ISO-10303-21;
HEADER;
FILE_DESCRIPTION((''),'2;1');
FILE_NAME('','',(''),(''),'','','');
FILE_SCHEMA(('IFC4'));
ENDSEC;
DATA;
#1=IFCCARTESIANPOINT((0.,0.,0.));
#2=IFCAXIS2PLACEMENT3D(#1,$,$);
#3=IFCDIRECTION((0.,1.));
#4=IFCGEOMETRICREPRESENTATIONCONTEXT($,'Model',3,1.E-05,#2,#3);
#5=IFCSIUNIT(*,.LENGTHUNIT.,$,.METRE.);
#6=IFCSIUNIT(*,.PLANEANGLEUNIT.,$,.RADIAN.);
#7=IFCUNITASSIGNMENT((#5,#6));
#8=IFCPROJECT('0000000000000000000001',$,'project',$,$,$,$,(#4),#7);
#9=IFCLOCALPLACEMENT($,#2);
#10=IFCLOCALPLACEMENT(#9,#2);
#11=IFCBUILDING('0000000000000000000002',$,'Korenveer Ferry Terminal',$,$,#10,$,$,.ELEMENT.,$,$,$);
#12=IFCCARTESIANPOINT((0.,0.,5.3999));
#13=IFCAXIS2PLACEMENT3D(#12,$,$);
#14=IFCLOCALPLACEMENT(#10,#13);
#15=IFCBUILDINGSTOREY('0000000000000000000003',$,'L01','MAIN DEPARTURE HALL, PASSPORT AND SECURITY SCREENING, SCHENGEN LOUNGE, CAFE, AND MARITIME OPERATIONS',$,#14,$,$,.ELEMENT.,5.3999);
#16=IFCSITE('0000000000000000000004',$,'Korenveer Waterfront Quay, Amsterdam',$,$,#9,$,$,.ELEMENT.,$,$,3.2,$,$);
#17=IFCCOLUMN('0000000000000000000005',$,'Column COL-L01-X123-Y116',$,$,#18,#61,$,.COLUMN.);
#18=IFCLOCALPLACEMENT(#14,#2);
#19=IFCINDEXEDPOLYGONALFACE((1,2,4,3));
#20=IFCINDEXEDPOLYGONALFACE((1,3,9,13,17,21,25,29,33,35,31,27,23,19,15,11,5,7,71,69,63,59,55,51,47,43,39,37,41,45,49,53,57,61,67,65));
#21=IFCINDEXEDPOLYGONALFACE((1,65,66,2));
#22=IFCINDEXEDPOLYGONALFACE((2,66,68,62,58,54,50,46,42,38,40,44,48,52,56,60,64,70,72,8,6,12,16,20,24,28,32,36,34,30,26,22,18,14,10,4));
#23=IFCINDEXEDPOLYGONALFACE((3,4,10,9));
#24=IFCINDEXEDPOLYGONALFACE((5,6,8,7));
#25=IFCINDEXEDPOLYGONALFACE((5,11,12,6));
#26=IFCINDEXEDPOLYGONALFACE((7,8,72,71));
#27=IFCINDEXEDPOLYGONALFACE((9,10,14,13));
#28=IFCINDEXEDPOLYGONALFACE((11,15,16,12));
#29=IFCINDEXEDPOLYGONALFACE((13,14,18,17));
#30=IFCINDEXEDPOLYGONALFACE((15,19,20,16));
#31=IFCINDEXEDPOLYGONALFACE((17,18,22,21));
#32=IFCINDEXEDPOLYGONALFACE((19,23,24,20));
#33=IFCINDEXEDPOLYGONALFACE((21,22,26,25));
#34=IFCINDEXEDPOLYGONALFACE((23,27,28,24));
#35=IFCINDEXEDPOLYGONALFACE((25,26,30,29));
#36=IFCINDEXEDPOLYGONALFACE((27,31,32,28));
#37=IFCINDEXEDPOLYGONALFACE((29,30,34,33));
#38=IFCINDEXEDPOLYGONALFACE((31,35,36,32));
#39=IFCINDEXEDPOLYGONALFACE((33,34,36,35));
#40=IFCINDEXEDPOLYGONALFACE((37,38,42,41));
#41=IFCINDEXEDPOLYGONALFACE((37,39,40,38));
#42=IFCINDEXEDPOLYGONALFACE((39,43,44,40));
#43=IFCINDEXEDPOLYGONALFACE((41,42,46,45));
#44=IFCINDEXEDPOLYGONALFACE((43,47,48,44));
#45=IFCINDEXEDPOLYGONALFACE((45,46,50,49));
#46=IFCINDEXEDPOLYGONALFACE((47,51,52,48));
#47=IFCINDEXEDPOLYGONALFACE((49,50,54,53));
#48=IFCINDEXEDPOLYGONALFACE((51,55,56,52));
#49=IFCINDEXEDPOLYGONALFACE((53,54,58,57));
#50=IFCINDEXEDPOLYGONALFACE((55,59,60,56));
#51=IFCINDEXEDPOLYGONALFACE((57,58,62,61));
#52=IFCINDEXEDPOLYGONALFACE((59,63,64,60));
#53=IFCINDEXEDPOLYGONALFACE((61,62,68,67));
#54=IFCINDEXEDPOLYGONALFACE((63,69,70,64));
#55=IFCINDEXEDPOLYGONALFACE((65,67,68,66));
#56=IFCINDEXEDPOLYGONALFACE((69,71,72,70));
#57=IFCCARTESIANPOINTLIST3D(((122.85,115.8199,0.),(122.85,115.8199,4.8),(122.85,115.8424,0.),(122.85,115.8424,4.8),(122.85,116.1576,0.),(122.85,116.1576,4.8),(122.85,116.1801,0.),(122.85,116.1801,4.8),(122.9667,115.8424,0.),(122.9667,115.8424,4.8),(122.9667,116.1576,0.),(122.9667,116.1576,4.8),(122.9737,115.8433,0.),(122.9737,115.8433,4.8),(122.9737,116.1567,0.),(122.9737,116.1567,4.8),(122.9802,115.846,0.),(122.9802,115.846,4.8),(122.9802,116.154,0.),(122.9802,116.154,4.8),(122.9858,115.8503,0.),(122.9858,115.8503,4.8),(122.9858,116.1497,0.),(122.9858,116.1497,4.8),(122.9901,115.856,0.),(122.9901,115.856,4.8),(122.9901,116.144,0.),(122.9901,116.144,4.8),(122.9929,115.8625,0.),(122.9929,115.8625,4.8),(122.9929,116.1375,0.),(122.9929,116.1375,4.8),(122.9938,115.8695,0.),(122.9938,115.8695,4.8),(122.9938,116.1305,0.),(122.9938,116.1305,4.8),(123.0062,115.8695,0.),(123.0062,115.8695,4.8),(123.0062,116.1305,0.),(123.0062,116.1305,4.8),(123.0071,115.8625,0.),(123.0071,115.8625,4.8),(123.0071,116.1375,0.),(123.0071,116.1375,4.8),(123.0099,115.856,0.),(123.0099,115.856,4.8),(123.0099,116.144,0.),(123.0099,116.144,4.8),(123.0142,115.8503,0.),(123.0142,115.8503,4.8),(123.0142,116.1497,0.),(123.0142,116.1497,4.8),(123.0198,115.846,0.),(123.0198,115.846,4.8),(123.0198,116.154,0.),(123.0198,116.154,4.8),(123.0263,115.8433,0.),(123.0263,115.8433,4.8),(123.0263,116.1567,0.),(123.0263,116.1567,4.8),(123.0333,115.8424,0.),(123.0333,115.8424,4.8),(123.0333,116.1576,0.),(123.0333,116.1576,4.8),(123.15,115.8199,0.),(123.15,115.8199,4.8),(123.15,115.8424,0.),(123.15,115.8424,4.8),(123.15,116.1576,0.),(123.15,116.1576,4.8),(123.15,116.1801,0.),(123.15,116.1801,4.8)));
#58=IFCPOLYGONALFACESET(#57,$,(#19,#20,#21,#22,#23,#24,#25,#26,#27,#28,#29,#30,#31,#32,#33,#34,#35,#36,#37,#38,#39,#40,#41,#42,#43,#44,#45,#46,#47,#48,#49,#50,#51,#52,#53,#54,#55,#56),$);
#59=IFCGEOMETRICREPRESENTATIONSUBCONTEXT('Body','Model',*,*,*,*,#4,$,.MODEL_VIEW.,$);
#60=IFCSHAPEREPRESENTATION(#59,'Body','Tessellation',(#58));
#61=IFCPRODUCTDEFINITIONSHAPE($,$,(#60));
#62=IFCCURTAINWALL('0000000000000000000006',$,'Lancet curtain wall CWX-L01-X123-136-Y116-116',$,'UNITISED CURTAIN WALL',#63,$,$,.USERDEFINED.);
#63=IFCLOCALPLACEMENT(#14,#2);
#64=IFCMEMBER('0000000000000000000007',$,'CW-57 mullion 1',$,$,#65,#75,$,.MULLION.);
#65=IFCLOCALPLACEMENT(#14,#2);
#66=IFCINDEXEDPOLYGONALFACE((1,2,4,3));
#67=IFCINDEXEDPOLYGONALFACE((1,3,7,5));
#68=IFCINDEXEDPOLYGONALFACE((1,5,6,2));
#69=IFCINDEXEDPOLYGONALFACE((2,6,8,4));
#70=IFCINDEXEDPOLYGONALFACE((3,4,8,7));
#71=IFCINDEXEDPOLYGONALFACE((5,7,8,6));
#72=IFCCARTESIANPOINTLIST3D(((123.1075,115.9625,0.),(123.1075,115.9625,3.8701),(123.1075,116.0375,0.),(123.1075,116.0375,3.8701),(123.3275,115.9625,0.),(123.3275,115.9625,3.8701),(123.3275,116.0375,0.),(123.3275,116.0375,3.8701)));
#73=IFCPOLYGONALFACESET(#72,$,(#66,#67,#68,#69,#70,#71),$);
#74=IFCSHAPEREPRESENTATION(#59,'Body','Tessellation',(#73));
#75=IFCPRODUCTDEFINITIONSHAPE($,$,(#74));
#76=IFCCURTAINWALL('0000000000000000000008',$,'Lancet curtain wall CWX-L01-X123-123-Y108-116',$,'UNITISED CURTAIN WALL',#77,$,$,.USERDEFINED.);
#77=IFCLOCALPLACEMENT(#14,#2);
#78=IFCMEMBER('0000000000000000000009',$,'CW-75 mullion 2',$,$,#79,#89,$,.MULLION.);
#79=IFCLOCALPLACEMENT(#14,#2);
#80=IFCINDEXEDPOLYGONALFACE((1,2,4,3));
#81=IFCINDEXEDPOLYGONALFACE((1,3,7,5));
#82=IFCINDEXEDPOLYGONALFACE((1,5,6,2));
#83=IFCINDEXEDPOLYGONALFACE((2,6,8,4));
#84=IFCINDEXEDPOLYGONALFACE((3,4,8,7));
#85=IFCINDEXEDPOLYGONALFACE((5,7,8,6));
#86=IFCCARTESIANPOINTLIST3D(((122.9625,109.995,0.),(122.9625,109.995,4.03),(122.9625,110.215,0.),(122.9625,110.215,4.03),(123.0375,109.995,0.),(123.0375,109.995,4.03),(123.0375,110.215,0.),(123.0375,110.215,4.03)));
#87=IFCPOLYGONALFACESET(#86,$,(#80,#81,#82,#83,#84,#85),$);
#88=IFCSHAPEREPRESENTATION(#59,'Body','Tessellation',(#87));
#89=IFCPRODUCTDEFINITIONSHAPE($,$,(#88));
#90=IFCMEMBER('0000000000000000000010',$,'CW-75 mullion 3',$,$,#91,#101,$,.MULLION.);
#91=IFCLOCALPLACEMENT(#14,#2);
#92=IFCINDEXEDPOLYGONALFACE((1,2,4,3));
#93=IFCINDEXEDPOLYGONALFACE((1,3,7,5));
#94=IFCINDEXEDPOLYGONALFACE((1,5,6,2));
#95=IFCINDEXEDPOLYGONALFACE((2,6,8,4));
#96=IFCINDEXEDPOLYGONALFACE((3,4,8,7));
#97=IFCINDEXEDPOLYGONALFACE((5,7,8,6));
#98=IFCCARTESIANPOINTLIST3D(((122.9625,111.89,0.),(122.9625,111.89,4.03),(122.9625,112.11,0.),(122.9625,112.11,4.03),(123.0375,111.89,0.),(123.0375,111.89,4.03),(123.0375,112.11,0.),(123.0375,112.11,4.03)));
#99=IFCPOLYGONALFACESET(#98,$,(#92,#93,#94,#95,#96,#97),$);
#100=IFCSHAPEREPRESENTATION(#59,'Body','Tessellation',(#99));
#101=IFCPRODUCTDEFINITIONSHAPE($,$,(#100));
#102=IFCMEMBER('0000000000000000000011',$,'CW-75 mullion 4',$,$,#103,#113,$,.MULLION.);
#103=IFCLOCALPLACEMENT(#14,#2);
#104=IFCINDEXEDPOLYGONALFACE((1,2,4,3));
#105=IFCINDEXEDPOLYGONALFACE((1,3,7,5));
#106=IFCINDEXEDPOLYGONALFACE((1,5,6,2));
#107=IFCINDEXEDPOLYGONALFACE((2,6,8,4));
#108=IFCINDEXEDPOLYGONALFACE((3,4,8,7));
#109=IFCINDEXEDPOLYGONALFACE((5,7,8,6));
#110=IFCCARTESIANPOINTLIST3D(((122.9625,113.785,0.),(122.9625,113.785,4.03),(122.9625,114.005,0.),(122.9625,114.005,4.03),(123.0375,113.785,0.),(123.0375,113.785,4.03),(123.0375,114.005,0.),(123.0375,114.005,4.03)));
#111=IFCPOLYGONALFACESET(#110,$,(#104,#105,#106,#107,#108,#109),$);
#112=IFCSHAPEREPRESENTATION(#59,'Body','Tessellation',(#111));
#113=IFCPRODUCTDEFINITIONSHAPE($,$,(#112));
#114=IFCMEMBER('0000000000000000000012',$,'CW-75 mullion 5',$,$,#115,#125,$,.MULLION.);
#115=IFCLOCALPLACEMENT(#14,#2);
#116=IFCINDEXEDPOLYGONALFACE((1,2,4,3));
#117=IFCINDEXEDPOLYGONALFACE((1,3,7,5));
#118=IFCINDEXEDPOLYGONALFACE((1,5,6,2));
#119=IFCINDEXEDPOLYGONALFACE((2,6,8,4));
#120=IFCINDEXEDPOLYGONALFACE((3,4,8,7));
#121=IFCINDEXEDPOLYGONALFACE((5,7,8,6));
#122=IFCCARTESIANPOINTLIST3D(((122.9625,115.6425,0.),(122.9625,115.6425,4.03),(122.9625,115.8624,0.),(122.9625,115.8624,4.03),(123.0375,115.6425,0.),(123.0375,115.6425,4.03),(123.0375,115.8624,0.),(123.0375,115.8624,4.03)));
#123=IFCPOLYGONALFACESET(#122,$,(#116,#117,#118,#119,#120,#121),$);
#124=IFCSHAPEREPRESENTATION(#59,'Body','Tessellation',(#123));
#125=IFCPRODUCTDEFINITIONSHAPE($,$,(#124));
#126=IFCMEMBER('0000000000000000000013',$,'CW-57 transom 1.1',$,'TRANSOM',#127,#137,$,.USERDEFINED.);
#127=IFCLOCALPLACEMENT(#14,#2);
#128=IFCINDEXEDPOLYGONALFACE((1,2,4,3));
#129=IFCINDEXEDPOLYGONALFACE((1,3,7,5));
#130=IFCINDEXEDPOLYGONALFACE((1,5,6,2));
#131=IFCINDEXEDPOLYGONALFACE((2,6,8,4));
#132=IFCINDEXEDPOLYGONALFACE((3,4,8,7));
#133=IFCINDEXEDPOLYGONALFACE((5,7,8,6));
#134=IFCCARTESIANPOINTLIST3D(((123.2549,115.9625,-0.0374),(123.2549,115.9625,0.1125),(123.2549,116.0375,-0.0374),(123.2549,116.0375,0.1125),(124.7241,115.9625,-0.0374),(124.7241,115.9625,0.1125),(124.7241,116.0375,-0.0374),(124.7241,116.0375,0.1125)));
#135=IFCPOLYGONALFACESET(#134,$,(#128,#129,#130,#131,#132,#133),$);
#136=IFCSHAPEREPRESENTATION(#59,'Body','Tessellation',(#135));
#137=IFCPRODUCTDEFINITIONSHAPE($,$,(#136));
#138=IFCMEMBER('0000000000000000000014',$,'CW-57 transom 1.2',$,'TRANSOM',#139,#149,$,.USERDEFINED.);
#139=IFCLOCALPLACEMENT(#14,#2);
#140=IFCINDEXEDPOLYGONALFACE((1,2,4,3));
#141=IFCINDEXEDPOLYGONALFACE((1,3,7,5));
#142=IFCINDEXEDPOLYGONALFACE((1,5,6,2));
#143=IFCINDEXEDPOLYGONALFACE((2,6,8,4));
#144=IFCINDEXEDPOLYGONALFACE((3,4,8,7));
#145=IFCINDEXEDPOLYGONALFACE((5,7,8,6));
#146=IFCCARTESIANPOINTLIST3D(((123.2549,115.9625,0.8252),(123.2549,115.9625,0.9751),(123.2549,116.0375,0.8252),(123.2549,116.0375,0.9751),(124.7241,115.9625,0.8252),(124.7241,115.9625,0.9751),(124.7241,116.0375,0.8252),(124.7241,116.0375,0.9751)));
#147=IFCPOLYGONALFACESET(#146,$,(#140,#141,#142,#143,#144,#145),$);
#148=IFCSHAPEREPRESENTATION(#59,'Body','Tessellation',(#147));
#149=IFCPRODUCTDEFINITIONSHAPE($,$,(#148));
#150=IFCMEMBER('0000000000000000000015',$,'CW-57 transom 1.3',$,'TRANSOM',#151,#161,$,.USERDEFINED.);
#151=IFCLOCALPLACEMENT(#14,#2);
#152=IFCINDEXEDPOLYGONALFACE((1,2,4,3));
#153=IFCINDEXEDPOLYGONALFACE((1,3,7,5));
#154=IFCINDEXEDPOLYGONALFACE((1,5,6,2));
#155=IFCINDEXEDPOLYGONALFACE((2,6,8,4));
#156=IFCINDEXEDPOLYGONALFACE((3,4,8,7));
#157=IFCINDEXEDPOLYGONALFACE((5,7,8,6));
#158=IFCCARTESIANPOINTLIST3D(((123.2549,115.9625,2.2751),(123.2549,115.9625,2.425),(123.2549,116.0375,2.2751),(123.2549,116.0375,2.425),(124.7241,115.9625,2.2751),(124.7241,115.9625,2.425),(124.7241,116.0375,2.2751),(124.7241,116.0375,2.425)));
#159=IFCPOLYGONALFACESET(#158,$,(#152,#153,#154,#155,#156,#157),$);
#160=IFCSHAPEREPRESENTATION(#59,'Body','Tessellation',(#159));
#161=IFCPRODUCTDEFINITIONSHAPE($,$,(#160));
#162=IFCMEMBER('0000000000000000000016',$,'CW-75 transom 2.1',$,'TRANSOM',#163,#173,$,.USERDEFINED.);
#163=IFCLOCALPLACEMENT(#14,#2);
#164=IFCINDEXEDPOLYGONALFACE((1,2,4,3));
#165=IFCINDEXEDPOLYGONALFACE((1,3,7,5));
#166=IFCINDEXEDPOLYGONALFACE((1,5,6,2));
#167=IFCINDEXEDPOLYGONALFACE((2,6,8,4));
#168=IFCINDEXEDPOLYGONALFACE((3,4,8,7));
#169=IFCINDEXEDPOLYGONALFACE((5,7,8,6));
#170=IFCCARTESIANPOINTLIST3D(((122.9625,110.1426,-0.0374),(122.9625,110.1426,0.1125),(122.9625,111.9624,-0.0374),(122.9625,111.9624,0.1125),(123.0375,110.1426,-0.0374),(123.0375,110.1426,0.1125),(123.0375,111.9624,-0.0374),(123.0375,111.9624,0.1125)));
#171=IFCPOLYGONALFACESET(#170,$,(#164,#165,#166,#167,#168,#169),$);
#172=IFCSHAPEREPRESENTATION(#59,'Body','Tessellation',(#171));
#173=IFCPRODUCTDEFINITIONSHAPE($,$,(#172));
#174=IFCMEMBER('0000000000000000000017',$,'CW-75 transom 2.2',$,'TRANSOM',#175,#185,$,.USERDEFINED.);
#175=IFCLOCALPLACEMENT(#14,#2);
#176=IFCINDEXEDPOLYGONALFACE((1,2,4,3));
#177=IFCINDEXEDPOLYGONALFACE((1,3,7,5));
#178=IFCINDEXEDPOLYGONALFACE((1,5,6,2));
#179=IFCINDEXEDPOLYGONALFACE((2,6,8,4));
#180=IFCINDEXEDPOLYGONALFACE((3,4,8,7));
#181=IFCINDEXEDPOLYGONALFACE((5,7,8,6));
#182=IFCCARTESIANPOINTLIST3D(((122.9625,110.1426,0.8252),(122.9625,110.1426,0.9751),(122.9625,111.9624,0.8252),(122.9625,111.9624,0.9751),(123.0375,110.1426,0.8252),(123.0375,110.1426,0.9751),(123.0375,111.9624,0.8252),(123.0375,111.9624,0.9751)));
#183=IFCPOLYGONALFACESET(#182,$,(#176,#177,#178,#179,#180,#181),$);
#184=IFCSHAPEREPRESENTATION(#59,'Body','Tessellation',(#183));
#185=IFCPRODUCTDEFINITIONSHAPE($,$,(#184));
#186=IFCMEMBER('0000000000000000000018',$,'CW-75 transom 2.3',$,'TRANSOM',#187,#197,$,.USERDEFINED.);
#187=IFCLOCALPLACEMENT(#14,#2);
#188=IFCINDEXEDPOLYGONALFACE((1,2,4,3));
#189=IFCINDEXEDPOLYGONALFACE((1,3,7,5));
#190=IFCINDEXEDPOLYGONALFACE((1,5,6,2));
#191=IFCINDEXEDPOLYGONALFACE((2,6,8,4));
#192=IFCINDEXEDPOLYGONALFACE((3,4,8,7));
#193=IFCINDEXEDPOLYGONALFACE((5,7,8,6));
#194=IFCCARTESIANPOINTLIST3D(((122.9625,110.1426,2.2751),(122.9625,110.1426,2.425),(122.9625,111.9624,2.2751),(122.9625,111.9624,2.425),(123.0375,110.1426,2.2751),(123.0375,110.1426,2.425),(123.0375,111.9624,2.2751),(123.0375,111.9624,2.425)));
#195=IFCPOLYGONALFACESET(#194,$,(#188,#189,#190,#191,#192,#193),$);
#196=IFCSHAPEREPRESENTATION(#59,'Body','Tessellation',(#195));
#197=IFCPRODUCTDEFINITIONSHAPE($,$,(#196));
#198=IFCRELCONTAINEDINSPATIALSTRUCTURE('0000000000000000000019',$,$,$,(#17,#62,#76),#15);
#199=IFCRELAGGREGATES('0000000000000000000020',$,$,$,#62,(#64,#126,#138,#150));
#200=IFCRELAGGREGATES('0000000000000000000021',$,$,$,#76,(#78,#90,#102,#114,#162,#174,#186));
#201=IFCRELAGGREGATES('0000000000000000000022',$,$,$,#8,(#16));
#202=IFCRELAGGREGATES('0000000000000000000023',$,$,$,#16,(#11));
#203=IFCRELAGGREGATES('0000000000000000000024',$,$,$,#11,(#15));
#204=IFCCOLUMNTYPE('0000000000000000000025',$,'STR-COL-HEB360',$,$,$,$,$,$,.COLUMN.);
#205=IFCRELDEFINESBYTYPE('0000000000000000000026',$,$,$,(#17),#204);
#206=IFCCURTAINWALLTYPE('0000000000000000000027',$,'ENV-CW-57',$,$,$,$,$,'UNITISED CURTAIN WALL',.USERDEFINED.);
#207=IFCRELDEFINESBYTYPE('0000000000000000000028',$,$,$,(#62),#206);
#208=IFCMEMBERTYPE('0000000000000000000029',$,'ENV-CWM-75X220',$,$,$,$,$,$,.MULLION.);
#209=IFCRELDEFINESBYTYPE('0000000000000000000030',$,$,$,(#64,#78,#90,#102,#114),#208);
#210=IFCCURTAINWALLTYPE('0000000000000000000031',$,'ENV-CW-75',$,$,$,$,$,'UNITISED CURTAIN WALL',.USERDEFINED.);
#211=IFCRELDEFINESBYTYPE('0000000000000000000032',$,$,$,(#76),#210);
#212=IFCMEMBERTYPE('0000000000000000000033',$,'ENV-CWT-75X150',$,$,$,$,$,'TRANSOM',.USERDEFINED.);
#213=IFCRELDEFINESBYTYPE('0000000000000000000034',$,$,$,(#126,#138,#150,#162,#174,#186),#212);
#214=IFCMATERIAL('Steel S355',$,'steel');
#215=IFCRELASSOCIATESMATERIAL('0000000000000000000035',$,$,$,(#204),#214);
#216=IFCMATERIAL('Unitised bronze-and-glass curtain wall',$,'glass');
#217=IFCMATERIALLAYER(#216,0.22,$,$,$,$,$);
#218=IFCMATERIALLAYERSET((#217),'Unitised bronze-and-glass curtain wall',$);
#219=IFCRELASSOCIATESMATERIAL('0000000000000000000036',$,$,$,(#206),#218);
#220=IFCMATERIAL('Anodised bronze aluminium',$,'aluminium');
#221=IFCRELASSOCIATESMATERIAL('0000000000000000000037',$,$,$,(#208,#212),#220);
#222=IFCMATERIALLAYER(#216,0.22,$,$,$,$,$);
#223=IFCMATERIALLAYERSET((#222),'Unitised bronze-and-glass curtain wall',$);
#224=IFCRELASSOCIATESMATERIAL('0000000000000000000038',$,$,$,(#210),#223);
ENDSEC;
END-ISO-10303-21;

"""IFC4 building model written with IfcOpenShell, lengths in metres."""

from ifc_helpers import new_model, si_unit, direction, frame, origin, origin_2d, place, context, subcontext, project, spatial, rectangle, i_section, extrude, material, layer, layer_set, material_profile, profile_set, type_object, element, aggregate, save


model = new_model("IFC4")

# Units and contexts
model_context = context("Model", 3, precision=1e-05, world=origin(), true_north=direction((0.0, 1.0)))
body_context = subcontext(model_context, "Body", "Model", "MODEL_VIEW")
ifc_project = project(units=[si_unit("LENGTHUNIT", "METRE"), si_unit("PLANEANGLEUNIT", "RADIAN")], contexts=[model_context])

# Site, building, storey
site_placement = place(None, origin())
site = spatial("IfcSite", under=ifc_project, at=site_placement, Name="Korenveer Waterfront Quay, Amsterdam", CompositionType="ELEMENT", RefElevation=3.2)
building_placement = place(site_placement, origin())
building = spatial("IfcBuilding", under=site, at=building_placement, Name="Korenveer Ferry Terminal", CompositionType="ELEMENT")
storey_placement = place(building_placement, frame((0.0, 0.0, 5.3999)))
storey = spatial("IfcBuildingStorey", under=building, at=storey_placement, Name="L01", Description="MAIN DEPARTURE HALL, PASSPORT AND SECURITY SCREENING, SCHENGEN LOUNGE, CAFE, AND MARITIME OPERATIONS", CompositionType="ELEMENT", Elevation=5.3999)

# Column
ifc_material_1 = material(Name="Steel S355", Category="steel")
ifc_material_profile_1 = material_profile(ifc_material_1, i_section(OverallWidth=0.3, OverallDepth=0.3601, WebThickness=0.0125, FlangeThickness=0.0225, FilletRadius=0.0271, at=origin_2d()), Name="HEB 360")
ifc_profile_set_1 = profile_set([ifc_material_profile_1], Name="Steel S355")
column_type = type_object("IfcColumnType", Name="STR-COL-HEB360", PredefinedType="COLUMN", material=ifc_profile_set_1)
column_placement = place(storey_placement, frame((123.0, 116.0, 0.0), z_axis=(0.0, 0.0, 1.0), x_axis=(1.0, 0.0, 0.0)))
element("IfcColumn", 1, at=column_placement, inside=storey, type_object=column_type, Name="Column COL-L01-X123-Y116", PredefinedType="COLUMN", context=body_context, shape_type="SweptSolid", body=[
    extrude(i_section(OverallWidth=0.3, OverallDepth=0.3601, WebThickness=0.0125, FlangeThickness=0.0225, FilletRadius=0.0271, at=origin_2d()), origin(), (0.0, 0.0, 1.0), 4.8),
])

# Curtain wall, member
ifc_material_2 = material(Name="Unitised bronze-and-glass curtain wall", Category="glass")
ifc_layer_1 = layer(ifc_material_2, 0.22)
ifc_layer_set_1 = layer_set([ifc_layer_1], Name="Unitised bronze-and-glass curtain wall")
curtain_wall_type_1 = type_object("IfcCurtainWallType", Name="ENV-CW-57", ElementType="UNITISED CURTAIN WALL", PredefinedType="USERDEFINED", material=ifc_layer_set_1)
curtain_wall_1_placement = place(storey_placement, frame((123.1799, 116.0, 0.0)))
curtain_wall_1 = element("IfcCurtainWall", 2, at=curtain_wall_1_placement, inside=storey, type_object=curtain_wall_type_1, Name="Lancet curtain wall CWX-L01-X123-136-Y116-116", ObjectType="UNITISED CURTAIN WALL", PredefinedType="USERDEFINED")
ifc_material_3 = material(Name="Anodised bronze aluminium", Category="aluminium")
ifc_material_profile_2 = material_profile(ifc_material_3, rectangle(XDim=0.075, YDim=0.22, at=origin_2d()), Name="ALU 75x220")
ifc_profile_set_2 = profile_set([ifc_material_profile_2], Name="Anodised bronze aluminium")
member_type_1 = type_object("IfcMemberType", Name="ENV-CWM-75X220", PredefinedType="MULLION", material=ifc_profile_set_2)
member_1_placement = place(storey_placement, frame((123.2175, 116.0, 0.0), z_axis=(0.0, 0.0, 1.0), x_axis=(0.0, 1.0, 0.0)))
member_1 = element("IfcMember", 3, at=member_1_placement, type_object=member_type_1, Name="CW-57 mullion 1", PredefinedType="MULLION", context=body_context, shape_type="SweptSolid", body=[
    extrude(rectangle(XDim=0.075, YDim=0.22, at=origin_2d()), origin(), (0.0, 0.0, 1.0), 3.8701),
])

# Curtain wall, members
ifc_layer_2 = layer(ifc_material_2, 0.22)
ifc_layer_set_2 = layer_set([ifc_layer_2], Name="Unitised bronze-and-glass curtain wall")
curtain_wall_type_2 = type_object("IfcCurtainWallType", Name="ENV-CW-75", ElementType="UNITISED CURTAIN WALL", PredefinedType="USERDEFINED", material=ifc_layer_set_2)
curtain_wall_2_placement = place(storey_placement, frame((123.0, 108.21, 0.0)))
curtain_wall_2 = element("IfcCurtainWall", 4, at=curtain_wall_2_placement, inside=storey, type_object=curtain_wall_type_2, Name="Lancet curtain wall CWX-L01-X123-123-Y108-116", ObjectType="UNITISED CURTAIN WALL", PredefinedType="USERDEFINED")
member_2_placement = place(storey_placement, frame((123.0, 110.105, 0.0), z_axis=(0.0, 0.0, 1.0), x_axis=(-1.0, 0.0, 0.0)))
member_2 = element("IfcMember", 5, at=member_2_placement, type_object=member_type_1, Name="CW-75 mullion 2", PredefinedType="MULLION", context=body_context, shape_type="SweptSolid", body=[
    extrude(rectangle(XDim=0.075, YDim=0.22, at=origin_2d()), origin(), (0.0, 0.0, 1.0), 4.03),
])
member_3_placement = place(storey_placement, frame((123.0, 112.0, 0.0), z_axis=(0.0, 0.0, 1.0), x_axis=(-1.0, 0.0, 0.0)))
member_3 = element("IfcMember", 6, at=member_3_placement, type_object=member_type_1, Name="CW-75 mullion 3", PredefinedType="MULLION", context=body_context, shape_type="SweptSolid", body=[
    extrude(rectangle(XDim=0.075, YDim=0.22, at=origin_2d()), origin(), (0.0, 0.0, 1.0), 4.03),
])
member_4_placement = place(storey_placement, frame((123.0, 113.895, 0.0), z_axis=(0.0, 0.0, 1.0), x_axis=(-1.0, 0.0, 0.0)))
member_4 = element("IfcMember", 7, at=member_4_placement, type_object=member_type_1, Name="CW-75 mullion 4", PredefinedType="MULLION", context=body_context, shape_type="SweptSolid", body=[
    extrude(rectangle(XDim=0.075, YDim=0.22, at=origin_2d()), origin(), (0.0, 0.0, 1.0), 4.03),
])
member_5_placement = place(storey_placement, frame((123.0, 115.7524, 0.0), z_axis=(0.0, 0.0, 1.0), x_axis=(-1.0, 0.0, 0.0)))
member_5 = element("IfcMember", 8, at=member_5_placement, type_object=member_type_1, Name="CW-75 mullion 5", PredefinedType="MULLION", context=body_context, shape_type="SweptSolid", body=[
    extrude(rectangle(XDim=0.075, YDim=0.22, at=origin_2d()), origin(), (0.0, 0.0, 1.0), 4.03),
])

# Members
ifc_material_profile_3 = material_profile(ifc_material_3, rectangle(XDim=0.075, YDim=0.1499, at=origin_2d()), Name="ALU 75x150")
ifc_profile_set_3 = profile_set([ifc_material_profile_3], Name="Anodised bronze aluminium")
member_type_2 = type_object("IfcMemberType", Name="ENV-CWT-75X150", ElementType="TRANSOM", PredefinedType="USERDEFINED", material=ifc_profile_set_3)
member_6_placement = place(storey_placement, frame((123.2549, 116.0, 0.0376), z_axis=(1.0, 0.0, 0.0), x_axis=(0.0, 1.0, 0.0)))
member_6 = element("IfcMember", 9, at=member_6_placement, type_object=member_type_2, Name="CW-57 transom 1.1", ObjectType="TRANSOM", PredefinedType="USERDEFINED", context=body_context, shape_type="SweptSolid", body=[
    extrude(rectangle(XDim=0.075, YDim=0.1499, at=origin_2d()), origin(), (0.0, 0.0, 1.0), 1.4692),
])
member_7_placement = place(storey_placement, frame((123.2549, 116.0, 0.9001), z_axis=(1.0, 0.0, 0.0), x_axis=(0.0, 1.0, 0.0)))
member_7 = element("IfcMember", 10, at=member_7_placement, type_object=member_type_2, Name="CW-57 transom 1.2", ObjectType="TRANSOM", PredefinedType="USERDEFINED", context=body_context, shape_type="SweptSolid", body=[
    extrude(rectangle(XDim=0.075, YDim=0.1499, at=origin_2d()), origin(), (0.0, 0.0, 1.0), 1.4692),
])
member_8_placement = place(storey_placement, frame((123.2549, 116.0, 2.3501), z_axis=(1.0, 0.0, 0.0), x_axis=(0.0, 1.0, 0.0)))
member_8 = element("IfcMember", 11, at=member_8_placement, type_object=member_type_2, Name="CW-57 transom 1.3", ObjectType="TRANSOM", PredefinedType="USERDEFINED", context=body_context, shape_type="SweptSolid", body=[
    extrude(rectangle(XDim=0.075, YDim=0.1499, at=origin_2d()), origin(), (0.0, 0.0, 1.0), 1.4692),
])
aggregate(curtain_wall_1, [member_1, member_6, member_7, member_8])
member_9_placement = place(storey_placement, frame((123.0, 110.1426, 0.0376), z_axis=(0.0, 1.0, 0.0), x_axis=(-1.0, 0.0, 0.0)))
member_9 = element("IfcMember", 12, at=member_9_placement, type_object=member_type_2, Name="CW-75 transom 2.1", ObjectType="TRANSOM", PredefinedType="USERDEFINED", context=body_context, shape_type="SweptSolid", body=[
    extrude(rectangle(XDim=0.075, YDim=0.1499, at=origin_2d()), origin(), (0.0, 0.0, 1.0), 1.8198),
])
member_10_placement = place(storey_placement, frame((123.0, 110.1426, 0.9001), z_axis=(0.0, 1.0, 0.0), x_axis=(-1.0, 0.0, 0.0)))
member_10 = element("IfcMember", 13, at=member_10_placement, type_object=member_type_2, Name="CW-75 transom 2.2", ObjectType="TRANSOM", PredefinedType="USERDEFINED", context=body_context, shape_type="SweptSolid", body=[
    extrude(rectangle(XDim=0.075, YDim=0.1499, at=origin_2d()), origin(), (0.0, 0.0, 1.0), 1.8198),
])
member_11_placement = place(storey_placement, frame((123.0, 110.1426, 2.3501), z_axis=(0.0, 1.0, 0.0), x_axis=(-1.0, 0.0, 0.0)))
member_11 = element("IfcMember", 14, at=member_11_placement, type_object=member_type_2, Name="CW-75 transom 2.3", ObjectType="TRANSOM", PredefinedType="USERDEFINED", context=body_context, shape_type="SweptSolid", body=[
    extrude(rectangle(XDim=0.075, YDim=0.1499, at=origin_2d()), origin(), (0.0, 0.0, 1.0), 1.8198),
])

aggregate(curtain_wall_2, [member_2, member_3, member_4, member_5, member_9, member_10, member_11])

save(model, "model.ifc")
